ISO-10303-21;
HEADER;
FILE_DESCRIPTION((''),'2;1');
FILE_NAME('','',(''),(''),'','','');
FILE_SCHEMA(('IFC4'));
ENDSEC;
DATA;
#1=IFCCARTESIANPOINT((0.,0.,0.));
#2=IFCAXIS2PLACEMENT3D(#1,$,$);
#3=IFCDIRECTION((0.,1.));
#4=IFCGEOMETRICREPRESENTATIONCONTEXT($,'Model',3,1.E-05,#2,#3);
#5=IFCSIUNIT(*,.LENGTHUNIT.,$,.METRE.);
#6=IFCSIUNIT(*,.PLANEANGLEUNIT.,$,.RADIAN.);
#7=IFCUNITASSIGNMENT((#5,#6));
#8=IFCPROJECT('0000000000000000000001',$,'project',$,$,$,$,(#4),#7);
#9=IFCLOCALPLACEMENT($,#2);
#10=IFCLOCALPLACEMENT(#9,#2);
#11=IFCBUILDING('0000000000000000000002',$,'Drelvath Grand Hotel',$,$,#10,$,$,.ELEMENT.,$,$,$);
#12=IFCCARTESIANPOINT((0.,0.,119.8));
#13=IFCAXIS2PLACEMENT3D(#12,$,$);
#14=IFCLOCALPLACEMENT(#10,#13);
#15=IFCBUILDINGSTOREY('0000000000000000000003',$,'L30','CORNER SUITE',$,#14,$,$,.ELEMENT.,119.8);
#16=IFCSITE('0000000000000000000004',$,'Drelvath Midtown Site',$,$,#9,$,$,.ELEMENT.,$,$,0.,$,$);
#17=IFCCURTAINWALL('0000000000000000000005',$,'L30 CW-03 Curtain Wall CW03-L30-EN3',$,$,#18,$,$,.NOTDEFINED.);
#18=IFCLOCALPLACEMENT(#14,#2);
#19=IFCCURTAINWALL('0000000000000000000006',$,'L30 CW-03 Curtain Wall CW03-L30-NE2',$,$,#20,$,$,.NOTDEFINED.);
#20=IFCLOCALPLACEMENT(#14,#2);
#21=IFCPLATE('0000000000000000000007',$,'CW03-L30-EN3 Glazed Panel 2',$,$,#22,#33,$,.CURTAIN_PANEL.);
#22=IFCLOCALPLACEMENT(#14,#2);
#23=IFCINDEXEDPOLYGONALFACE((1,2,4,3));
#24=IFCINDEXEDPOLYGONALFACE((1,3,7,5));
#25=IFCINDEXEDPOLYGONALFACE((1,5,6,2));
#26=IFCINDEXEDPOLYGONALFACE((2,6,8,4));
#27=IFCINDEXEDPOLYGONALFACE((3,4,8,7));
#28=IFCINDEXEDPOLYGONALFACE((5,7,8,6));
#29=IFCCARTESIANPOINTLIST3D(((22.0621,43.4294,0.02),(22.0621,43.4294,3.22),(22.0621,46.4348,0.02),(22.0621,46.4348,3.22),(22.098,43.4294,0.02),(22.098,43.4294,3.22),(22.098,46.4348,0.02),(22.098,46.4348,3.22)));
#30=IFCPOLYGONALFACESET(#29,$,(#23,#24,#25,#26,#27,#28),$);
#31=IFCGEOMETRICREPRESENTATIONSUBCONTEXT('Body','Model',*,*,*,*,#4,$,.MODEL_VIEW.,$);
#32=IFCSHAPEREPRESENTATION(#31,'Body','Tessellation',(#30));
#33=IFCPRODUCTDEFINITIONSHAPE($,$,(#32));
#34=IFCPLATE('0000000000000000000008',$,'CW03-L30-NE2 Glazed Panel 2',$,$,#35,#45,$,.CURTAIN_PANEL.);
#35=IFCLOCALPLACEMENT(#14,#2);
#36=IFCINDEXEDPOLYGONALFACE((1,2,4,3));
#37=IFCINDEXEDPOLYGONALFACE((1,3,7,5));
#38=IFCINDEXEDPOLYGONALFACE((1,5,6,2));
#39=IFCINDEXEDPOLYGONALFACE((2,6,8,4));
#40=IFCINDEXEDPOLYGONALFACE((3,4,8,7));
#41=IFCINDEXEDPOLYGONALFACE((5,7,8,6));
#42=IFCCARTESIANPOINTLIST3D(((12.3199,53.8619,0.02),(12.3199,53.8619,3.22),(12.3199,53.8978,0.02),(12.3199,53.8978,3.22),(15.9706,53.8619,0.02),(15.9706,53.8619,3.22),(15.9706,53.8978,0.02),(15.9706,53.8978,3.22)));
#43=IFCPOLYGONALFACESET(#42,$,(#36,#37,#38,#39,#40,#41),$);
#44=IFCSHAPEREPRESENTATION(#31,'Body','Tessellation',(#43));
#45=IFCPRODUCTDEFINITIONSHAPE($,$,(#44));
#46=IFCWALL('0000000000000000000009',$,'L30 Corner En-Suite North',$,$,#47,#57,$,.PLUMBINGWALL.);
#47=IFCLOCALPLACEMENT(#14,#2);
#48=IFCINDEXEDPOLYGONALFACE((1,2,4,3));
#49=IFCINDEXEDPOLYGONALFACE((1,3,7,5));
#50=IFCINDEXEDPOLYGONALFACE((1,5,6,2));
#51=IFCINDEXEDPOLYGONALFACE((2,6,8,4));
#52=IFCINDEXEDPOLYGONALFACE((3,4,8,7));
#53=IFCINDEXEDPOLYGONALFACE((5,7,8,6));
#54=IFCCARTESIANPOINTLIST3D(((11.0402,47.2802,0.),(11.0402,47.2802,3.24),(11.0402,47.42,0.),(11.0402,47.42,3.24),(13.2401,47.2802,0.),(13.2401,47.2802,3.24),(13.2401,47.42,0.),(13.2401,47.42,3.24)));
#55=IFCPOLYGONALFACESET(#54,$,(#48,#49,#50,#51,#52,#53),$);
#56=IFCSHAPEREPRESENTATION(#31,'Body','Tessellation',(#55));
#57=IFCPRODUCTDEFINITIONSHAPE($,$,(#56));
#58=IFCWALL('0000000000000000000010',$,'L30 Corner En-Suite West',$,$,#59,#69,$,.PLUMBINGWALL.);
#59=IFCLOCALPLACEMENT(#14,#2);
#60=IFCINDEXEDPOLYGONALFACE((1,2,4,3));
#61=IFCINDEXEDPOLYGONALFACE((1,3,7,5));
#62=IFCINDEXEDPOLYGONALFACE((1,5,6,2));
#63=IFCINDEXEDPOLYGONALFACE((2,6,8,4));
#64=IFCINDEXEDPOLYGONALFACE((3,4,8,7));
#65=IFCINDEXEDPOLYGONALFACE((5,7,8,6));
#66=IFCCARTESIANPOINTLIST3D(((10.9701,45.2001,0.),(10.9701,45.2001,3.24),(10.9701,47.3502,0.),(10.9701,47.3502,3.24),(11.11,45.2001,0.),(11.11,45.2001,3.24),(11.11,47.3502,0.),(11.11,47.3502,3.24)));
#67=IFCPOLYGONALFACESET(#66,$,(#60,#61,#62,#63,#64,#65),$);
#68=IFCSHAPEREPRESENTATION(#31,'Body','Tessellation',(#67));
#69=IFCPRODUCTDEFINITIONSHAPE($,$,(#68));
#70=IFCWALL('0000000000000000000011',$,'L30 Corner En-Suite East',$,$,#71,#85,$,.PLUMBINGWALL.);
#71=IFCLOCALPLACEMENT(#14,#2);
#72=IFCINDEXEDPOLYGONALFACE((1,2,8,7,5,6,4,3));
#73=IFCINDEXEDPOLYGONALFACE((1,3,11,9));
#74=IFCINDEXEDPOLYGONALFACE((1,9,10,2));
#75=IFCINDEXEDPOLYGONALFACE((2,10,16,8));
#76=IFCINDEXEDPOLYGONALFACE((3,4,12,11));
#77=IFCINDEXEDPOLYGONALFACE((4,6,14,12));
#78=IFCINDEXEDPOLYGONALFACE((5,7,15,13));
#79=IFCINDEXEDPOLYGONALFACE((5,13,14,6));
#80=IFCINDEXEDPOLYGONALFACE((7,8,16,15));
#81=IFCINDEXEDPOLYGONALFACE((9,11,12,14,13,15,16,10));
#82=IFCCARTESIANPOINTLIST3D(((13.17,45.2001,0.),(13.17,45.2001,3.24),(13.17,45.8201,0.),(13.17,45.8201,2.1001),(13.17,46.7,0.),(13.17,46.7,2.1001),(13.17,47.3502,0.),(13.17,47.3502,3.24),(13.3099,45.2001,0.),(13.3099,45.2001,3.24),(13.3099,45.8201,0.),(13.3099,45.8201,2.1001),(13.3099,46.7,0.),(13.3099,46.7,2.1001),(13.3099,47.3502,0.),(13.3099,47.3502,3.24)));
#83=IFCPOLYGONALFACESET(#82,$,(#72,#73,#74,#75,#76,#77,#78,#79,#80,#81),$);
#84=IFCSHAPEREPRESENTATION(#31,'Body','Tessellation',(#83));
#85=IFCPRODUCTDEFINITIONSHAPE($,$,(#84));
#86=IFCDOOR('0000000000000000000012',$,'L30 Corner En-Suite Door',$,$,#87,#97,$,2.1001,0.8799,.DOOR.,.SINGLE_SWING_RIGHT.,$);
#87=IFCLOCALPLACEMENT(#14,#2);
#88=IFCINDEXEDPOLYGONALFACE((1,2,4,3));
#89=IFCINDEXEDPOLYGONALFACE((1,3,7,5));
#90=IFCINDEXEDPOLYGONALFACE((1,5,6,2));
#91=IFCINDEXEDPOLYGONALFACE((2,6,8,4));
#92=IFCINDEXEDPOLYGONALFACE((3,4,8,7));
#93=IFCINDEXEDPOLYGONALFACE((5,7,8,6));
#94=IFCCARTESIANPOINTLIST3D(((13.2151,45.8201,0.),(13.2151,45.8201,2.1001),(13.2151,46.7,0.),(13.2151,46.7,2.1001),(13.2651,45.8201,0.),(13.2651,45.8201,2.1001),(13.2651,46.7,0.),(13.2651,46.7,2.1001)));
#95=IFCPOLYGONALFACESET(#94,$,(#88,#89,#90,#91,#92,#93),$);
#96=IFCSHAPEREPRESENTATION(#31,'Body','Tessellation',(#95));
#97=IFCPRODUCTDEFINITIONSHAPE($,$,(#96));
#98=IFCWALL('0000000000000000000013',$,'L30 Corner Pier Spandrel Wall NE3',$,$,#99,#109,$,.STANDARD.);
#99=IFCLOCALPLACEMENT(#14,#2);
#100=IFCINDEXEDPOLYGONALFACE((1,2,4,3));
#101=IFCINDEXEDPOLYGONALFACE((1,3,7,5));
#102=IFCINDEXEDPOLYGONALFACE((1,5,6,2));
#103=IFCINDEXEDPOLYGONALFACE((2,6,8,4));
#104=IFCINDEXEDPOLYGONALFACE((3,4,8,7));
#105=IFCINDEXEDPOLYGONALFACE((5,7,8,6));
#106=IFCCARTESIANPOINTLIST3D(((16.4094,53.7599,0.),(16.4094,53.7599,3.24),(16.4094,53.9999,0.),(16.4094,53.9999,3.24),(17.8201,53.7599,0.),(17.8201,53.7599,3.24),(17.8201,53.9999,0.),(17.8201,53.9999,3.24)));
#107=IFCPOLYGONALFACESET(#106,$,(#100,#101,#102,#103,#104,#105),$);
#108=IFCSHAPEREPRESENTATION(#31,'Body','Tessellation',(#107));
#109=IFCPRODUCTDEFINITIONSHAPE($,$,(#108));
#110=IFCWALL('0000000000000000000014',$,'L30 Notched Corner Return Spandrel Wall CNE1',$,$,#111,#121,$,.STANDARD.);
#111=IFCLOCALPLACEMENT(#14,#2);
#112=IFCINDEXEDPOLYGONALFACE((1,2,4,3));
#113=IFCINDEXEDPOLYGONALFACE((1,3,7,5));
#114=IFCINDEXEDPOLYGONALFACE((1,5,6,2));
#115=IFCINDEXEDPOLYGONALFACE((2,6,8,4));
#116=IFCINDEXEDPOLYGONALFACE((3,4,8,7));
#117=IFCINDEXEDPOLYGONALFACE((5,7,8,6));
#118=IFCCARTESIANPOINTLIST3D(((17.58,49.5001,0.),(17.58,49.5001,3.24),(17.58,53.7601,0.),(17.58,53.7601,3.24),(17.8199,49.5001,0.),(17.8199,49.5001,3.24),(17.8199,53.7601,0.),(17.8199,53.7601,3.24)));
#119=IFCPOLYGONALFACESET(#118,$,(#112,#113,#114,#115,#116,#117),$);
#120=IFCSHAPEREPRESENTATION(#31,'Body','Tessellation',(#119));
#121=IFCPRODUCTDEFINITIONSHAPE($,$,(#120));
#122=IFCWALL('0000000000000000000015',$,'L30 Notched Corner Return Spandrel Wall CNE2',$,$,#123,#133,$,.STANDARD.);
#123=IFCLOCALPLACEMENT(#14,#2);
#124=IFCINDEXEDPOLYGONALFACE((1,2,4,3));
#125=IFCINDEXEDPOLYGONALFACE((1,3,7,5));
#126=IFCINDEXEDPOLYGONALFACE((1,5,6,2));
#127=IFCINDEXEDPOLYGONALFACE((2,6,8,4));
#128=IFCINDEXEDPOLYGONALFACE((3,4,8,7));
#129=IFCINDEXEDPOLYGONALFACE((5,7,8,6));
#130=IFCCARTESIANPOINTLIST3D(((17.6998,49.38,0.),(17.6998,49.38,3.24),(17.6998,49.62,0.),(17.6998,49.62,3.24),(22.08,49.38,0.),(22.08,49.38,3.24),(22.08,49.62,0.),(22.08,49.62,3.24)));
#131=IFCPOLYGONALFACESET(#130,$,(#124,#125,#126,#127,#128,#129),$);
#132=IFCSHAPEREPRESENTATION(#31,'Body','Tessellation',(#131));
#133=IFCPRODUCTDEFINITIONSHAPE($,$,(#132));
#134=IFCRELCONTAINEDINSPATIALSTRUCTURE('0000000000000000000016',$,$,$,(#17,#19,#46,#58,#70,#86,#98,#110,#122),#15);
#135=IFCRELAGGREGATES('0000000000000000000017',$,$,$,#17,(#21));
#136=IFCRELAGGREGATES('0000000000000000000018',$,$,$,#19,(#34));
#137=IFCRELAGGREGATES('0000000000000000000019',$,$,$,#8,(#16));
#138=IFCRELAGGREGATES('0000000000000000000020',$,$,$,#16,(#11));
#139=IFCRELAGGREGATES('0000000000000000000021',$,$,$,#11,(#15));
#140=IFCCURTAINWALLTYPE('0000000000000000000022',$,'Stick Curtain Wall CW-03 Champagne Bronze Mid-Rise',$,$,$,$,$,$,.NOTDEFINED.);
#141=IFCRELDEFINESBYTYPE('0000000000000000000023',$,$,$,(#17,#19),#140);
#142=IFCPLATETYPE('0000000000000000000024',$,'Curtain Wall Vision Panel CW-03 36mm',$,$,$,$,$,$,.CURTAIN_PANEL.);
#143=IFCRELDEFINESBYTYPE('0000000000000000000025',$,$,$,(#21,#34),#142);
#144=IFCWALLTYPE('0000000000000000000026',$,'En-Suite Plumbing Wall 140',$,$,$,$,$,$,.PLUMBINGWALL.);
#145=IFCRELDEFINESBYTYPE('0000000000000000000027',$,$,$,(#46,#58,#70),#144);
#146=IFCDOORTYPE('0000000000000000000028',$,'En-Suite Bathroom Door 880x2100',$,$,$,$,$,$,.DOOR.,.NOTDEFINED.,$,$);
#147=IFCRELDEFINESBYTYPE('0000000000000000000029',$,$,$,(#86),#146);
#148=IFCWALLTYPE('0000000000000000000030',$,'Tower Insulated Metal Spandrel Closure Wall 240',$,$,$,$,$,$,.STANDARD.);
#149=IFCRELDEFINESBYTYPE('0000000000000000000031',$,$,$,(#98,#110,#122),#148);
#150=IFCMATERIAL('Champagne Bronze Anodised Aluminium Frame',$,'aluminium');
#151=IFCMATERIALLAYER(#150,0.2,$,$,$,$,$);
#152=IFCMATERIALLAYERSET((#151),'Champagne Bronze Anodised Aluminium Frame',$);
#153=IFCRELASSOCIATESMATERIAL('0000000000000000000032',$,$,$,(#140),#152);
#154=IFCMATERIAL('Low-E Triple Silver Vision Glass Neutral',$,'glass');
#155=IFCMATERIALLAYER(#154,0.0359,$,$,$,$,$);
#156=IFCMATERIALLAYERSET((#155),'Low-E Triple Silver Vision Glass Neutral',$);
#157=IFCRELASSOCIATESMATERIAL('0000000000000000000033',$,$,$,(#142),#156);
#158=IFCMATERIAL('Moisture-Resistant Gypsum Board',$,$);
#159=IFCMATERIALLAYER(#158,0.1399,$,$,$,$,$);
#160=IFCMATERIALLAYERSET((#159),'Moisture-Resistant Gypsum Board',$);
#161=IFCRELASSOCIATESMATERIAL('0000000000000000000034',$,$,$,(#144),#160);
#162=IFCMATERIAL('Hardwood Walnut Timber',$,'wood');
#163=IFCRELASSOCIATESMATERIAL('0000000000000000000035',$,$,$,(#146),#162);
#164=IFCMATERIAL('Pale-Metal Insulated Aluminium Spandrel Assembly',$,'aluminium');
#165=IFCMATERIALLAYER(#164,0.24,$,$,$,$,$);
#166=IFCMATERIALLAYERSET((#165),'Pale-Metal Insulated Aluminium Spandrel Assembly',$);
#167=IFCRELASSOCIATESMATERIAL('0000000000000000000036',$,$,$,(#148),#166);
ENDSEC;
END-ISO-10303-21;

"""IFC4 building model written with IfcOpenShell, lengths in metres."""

from ifc_helpers import new_model, si_unit, direction, frame, frame_2d, origin, origin_2d, place, context, subcontext, project, spatial, rectangle, extrude, material, layer, layer_set, type_object, element, fill, aggregate, save


model = new_model("IFC4")

# Units and contexts
model_context = context("Model", 3, precision=1e-05, world=origin(), true_north=direction((0.0, 1.0)))
body_context = subcontext(model_context, "Body", "Model", "MODEL_VIEW")
ifc_project = project(units=[si_unit("LENGTHUNIT", "METRE"), si_unit("PLANEANGLEUNIT", "RADIAN")], contexts=[model_context])

# Site, building, storey
site_placement = place(None, origin())
site = spatial("IfcSite", under=ifc_project, at=site_placement, Name="Drelvath Midtown Site", CompositionType="ELEMENT", RefElevation=0.0)
building_placement = place(site_placement, origin())
building = spatial("IfcBuilding", under=site, at=building_placement, Name="Drelvath Grand Hotel", CompositionType="ELEMENT")
storey_placement = place(building_placement, frame((0.0, 0.0, 119.8)))
storey = spatial("IfcBuildingStorey", under=building, at=storey_placement, Name="L30", Description="CORNER SUITE", CompositionType="ELEMENT", Elevation=119.8)

# Curtain wall
ifc_material_1 = material(Name="Champagne Bronze Anodised Aluminium Frame", Category="aluminium")
ifc_layer_1 = layer(ifc_material_1, 0.2)
ifc_layer_set_1 = layer_set([ifc_layer_1], Name="Champagne Bronze Anodised Aluminium Frame")
curtain_wall_type = type_object("IfcCurtainWallType", Name="Stick Curtain Wall CW-03 Champagne Bronze Mid-Rise", PredefinedType="NOTDEFINED", material=ifc_layer_set_1)
curtain_wall_1_placement = place(storey_placement, origin())
curtain_wall_1 = element("IfcCurtainWall", 1, at=curtain_wall_1_placement, inside=storey, type_object=curtain_wall_type, Name="L30 CW-03 Curtain Wall CW03-L30-EN3", PredefinedType="NOTDEFINED")

# Curtain wall
curtain_wall_2_placement = place(storey_placement, origin())
curtain_wall_2 = element("IfcCurtainWall", 2, at=curtain_wall_2_placement, inside=storey, type_object=curtain_wall_type, Name="L30 CW-03 Curtain Wall CW03-L30-NE2", PredefinedType="NOTDEFINED")

# Plates
ifc_material_2 = material(Name="Low-E Triple Silver Vision Glass Neutral", Category="glass")
ifc_layer_2 = layer(ifc_material_2, 0.0359)
ifc_layer_set_2 = layer_set([ifc_layer_2], Name="Low-E Triple Silver Vision Glass Neutral")
plate_type = type_object("IfcPlateType", Name="Curtain Wall Vision Panel CW-03 36mm", PredefinedType="CURTAIN_PANEL", material=ifc_layer_set_2)
plate_1_placement = place(storey_placement, frame((22.0801, 44.9321, 0.02), z_axis=(0.0, 0.0, 1.0), x_axis=(0.0, -1.0, 0.0)))
plate_1 = element("IfcPlate", 3, at=plate_1_placement, type_object=plate_type, Name="CW03-L30-EN3 Glazed Panel 2", PredefinedType="CURTAIN_PANEL", context=body_context, shape_type="SweptSolid", body=[
    extrude(rectangle(XDim=3.0054, YDim=0.0359, at=origin_2d()), origin(), (0.0, 0.0, 1.0), 3.2),
])
aggregate(curtain_wall_1, [plate_1])
plate_2_placement = place(storey_placement, frame((14.1453, 53.8799, 0.02), z_axis=(0.0, 0.0, 1.0), x_axis=(1.0, 0.0, 0.0)))
plate_2 = element("IfcPlate", 4, at=plate_2_placement, type_object=plate_type, Name="CW03-L30-NE2 Glazed Panel 2", PredefinedType="CURTAIN_PANEL", context=body_context, shape_type="SweptSolid", body=[
    extrude(rectangle(XDim=3.6506, YDim=0.0359, at=origin_2d()), origin(), (0.0, 0.0, 1.0), 3.2),
])
aggregate(curtain_wall_2, [plate_2])

# Walls
ifc_material_3 = material(Name="Moisture-Resistant Gypsum Board")
ifc_layer_3 = layer(ifc_material_3, 0.1399)
ifc_layer_set_3 = layer_set([ifc_layer_3], Name="Moisture-Resistant Gypsum Board")
wall_type_1 = type_object("IfcWallType", Name="En-Suite Plumbing Wall 140", PredefinedType="PLUMBINGWALL", material=ifc_layer_set_3)
wall_1_placement = place(storey_placement, frame((11.04, 47.3501, 0.0), z_axis=(0.0, 0.0, 1.0), x_axis=(1.0, 0.0, 0.0)))
element("IfcWall", 5, at=wall_1_placement, inside=storey, type_object=wall_type_1, Name="L30 Corner En-Suite North", PredefinedType="PLUMBINGWALL", context=body_context, shape_type="SweptSolid", body=[
    extrude(rectangle(XDim=2.2, YDim=0.1399, at=frame_2d((1.1001, 0.0))), origin(), (0.0, 0.0, 1.0), 3.24),
])
wall_2_placement = place(storey_placement, frame((11.04, 45.2, 0.0), z_axis=(0.0, 0.0, 1.0), x_axis=(0.0, 1.0, 0.0)))
element("IfcWall", 6, at=wall_2_placement, inside=storey, type_object=wall_type_1, Name="L30 Corner En-Suite West", PredefinedType="PLUMBINGWALL", context=body_context, shape_type="SweptSolid", body=[
    extrude(rectangle(XDim=2.1501, YDim=0.1399, at=frame_2d((1.0752, 0.0))), origin(), (0.0, 0.0, 1.0), 3.24),
])

# Wall, opening, door
wall_3_placement = place(storey_placement, frame((13.24, 45.2, 0.0), z_axis=(0.0, 0.0, 1.0), x_axis=(0.0, 1.0, 0.0)))
wall_3 = element("IfcWall", 7, at=wall_3_placement, inside=storey, type_object=wall_type_1, Name="L30 Corner En-Suite East", PredefinedType="PLUMBINGWALL", context=body_context, shape_type="SweptSolid", body=[
    extrude(rectangle(XDim=2.1501, YDim=0.1399, at=frame_2d((1.0752, 0.0))), origin(), (0.0, 0.0, 1.0), 3.24),
])
opening_placement = place(wall_3_placement, frame((0.6201, 0.0, 0.0)))
opening = element("IfcOpeningElement", 8, at=opening_placement, cuts=wall_3, PredefinedType="OPENING", context=body_context, shape_type="SweptSolid", body=[
    extrude(rectangle(XDim=0.8799, YDim=2.1001, at=frame_2d((0.4399, 1.05))), frame((0.0, 0.0798, 0.0), z_axis=(0.0, -1.0, 0.0), x_axis=(1.0, 0.0, 0.0)), (0.0, 0.0, 1.0), 0.1599),
])
ifc_material_4 = material(Name="Hardwood Walnut Timber", Category="wood")
door_type = type_object("IfcDoorType", Name="En-Suite Bathroom Door 880x2100", OperationType="NOTDEFINED", PredefinedType="DOOR", material=ifc_material_4)
door_placement = place(opening_placement, origin())
door = element("IfcDoor", 9, at=door_placement, inside=storey, type_object=door_type, Name="L30 Corner En-Suite Door", OperationType="SINGLE_SWING_RIGHT", OverallHeight=2.1001, OverallWidth=0.8799, PredefinedType="DOOR", context=body_context, shape_type="SweptSolid", body=[
    extrude(rectangle(XDim=0.8799, YDim=2.1001, at=frame_2d((0.4399, 1.05))), frame((0.0, 0.0249, 0.0), z_axis=(0.0, -1.0, 0.0), x_axis=(1.0, 0.0, 0.0)), (0.0, 0.0, 1.0), 0.05),
])
fill(opening, door)

# Walls
ifc_material_5 = material(Name="Pale-Metal Insulated Aluminium Spandrel Assembly", Category="aluminium")
ifc_layer_4 = layer(ifc_material_5, 0.24)
ifc_layer_set_4 = layer_set([ifc_layer_4], Name="Pale-Metal Insulated Aluminium Spandrel Assembly")
wall_type_2 = type_object("IfcWallType", Name="Tower Insulated Metal Spandrel Closure Wall 240", PredefinedType="STANDARD", material=ifc_layer_set_4)
wall_4_placement = place(storey_placement, frame((16.4094, 53.8799, 0.0), z_axis=(0.0, 0.0, 1.0), x_axis=(1.0, 0.0, 0.0)))
element("IfcWall", 10, at=wall_4_placement, inside=storey, type_object=wall_type_2, Name="L30 Corner Pier Spandrel Wall NE3", PredefinedType="STANDARD", context=body_context, shape_type="SweptSolid", body=[
    extrude(rectangle(XDim=1.4106, YDim=0.24, at=frame_2d((0.7053, 0.0))), origin(), (0.0, 0.0, 1.0), 3.24),
])
wall_5_placement = place(storey_placement, frame((17.7, 53.76, 0.0), z_axis=(0.0, 0.0, 1.0), x_axis=(0.0, -1.0, 0.0)))
element("IfcWall", 11, at=wall_5_placement, inside=storey, type_object=wall_type_2, Name="L30 Notched Corner Return Spandrel Wall CNE1", PredefinedType="STANDARD", context=body_context, shape_type="SweptSolid", body=[
    extrude(rectangle(XDim=4.26, YDim=0.24, at=frame_2d((2.1299, 0.0))), origin(), (0.0, 0.0, 1.0), 3.24),
])
wall_6_placement = place(storey_placement, frame((17.7, 49.5, 0.0), z_axis=(0.0, 0.0, 1.0), x_axis=(1.0, 0.0, 0.0)))
element("IfcWall", 12, at=wall_6_placement, inside=storey, type_object=wall_type_2, Name="L30 Notched Corner Return Spandrel Wall CNE2", PredefinedType="STANDARD", context=body_context, shape_type="SweptSolid", body=[
    extrude(rectangle(XDim=4.3801, YDim=0.24, at=frame_2d((2.1899, 0.0))), origin(), (0.0, 0.0, 1.0), 3.24),
])

save(model, "model.ifc")
